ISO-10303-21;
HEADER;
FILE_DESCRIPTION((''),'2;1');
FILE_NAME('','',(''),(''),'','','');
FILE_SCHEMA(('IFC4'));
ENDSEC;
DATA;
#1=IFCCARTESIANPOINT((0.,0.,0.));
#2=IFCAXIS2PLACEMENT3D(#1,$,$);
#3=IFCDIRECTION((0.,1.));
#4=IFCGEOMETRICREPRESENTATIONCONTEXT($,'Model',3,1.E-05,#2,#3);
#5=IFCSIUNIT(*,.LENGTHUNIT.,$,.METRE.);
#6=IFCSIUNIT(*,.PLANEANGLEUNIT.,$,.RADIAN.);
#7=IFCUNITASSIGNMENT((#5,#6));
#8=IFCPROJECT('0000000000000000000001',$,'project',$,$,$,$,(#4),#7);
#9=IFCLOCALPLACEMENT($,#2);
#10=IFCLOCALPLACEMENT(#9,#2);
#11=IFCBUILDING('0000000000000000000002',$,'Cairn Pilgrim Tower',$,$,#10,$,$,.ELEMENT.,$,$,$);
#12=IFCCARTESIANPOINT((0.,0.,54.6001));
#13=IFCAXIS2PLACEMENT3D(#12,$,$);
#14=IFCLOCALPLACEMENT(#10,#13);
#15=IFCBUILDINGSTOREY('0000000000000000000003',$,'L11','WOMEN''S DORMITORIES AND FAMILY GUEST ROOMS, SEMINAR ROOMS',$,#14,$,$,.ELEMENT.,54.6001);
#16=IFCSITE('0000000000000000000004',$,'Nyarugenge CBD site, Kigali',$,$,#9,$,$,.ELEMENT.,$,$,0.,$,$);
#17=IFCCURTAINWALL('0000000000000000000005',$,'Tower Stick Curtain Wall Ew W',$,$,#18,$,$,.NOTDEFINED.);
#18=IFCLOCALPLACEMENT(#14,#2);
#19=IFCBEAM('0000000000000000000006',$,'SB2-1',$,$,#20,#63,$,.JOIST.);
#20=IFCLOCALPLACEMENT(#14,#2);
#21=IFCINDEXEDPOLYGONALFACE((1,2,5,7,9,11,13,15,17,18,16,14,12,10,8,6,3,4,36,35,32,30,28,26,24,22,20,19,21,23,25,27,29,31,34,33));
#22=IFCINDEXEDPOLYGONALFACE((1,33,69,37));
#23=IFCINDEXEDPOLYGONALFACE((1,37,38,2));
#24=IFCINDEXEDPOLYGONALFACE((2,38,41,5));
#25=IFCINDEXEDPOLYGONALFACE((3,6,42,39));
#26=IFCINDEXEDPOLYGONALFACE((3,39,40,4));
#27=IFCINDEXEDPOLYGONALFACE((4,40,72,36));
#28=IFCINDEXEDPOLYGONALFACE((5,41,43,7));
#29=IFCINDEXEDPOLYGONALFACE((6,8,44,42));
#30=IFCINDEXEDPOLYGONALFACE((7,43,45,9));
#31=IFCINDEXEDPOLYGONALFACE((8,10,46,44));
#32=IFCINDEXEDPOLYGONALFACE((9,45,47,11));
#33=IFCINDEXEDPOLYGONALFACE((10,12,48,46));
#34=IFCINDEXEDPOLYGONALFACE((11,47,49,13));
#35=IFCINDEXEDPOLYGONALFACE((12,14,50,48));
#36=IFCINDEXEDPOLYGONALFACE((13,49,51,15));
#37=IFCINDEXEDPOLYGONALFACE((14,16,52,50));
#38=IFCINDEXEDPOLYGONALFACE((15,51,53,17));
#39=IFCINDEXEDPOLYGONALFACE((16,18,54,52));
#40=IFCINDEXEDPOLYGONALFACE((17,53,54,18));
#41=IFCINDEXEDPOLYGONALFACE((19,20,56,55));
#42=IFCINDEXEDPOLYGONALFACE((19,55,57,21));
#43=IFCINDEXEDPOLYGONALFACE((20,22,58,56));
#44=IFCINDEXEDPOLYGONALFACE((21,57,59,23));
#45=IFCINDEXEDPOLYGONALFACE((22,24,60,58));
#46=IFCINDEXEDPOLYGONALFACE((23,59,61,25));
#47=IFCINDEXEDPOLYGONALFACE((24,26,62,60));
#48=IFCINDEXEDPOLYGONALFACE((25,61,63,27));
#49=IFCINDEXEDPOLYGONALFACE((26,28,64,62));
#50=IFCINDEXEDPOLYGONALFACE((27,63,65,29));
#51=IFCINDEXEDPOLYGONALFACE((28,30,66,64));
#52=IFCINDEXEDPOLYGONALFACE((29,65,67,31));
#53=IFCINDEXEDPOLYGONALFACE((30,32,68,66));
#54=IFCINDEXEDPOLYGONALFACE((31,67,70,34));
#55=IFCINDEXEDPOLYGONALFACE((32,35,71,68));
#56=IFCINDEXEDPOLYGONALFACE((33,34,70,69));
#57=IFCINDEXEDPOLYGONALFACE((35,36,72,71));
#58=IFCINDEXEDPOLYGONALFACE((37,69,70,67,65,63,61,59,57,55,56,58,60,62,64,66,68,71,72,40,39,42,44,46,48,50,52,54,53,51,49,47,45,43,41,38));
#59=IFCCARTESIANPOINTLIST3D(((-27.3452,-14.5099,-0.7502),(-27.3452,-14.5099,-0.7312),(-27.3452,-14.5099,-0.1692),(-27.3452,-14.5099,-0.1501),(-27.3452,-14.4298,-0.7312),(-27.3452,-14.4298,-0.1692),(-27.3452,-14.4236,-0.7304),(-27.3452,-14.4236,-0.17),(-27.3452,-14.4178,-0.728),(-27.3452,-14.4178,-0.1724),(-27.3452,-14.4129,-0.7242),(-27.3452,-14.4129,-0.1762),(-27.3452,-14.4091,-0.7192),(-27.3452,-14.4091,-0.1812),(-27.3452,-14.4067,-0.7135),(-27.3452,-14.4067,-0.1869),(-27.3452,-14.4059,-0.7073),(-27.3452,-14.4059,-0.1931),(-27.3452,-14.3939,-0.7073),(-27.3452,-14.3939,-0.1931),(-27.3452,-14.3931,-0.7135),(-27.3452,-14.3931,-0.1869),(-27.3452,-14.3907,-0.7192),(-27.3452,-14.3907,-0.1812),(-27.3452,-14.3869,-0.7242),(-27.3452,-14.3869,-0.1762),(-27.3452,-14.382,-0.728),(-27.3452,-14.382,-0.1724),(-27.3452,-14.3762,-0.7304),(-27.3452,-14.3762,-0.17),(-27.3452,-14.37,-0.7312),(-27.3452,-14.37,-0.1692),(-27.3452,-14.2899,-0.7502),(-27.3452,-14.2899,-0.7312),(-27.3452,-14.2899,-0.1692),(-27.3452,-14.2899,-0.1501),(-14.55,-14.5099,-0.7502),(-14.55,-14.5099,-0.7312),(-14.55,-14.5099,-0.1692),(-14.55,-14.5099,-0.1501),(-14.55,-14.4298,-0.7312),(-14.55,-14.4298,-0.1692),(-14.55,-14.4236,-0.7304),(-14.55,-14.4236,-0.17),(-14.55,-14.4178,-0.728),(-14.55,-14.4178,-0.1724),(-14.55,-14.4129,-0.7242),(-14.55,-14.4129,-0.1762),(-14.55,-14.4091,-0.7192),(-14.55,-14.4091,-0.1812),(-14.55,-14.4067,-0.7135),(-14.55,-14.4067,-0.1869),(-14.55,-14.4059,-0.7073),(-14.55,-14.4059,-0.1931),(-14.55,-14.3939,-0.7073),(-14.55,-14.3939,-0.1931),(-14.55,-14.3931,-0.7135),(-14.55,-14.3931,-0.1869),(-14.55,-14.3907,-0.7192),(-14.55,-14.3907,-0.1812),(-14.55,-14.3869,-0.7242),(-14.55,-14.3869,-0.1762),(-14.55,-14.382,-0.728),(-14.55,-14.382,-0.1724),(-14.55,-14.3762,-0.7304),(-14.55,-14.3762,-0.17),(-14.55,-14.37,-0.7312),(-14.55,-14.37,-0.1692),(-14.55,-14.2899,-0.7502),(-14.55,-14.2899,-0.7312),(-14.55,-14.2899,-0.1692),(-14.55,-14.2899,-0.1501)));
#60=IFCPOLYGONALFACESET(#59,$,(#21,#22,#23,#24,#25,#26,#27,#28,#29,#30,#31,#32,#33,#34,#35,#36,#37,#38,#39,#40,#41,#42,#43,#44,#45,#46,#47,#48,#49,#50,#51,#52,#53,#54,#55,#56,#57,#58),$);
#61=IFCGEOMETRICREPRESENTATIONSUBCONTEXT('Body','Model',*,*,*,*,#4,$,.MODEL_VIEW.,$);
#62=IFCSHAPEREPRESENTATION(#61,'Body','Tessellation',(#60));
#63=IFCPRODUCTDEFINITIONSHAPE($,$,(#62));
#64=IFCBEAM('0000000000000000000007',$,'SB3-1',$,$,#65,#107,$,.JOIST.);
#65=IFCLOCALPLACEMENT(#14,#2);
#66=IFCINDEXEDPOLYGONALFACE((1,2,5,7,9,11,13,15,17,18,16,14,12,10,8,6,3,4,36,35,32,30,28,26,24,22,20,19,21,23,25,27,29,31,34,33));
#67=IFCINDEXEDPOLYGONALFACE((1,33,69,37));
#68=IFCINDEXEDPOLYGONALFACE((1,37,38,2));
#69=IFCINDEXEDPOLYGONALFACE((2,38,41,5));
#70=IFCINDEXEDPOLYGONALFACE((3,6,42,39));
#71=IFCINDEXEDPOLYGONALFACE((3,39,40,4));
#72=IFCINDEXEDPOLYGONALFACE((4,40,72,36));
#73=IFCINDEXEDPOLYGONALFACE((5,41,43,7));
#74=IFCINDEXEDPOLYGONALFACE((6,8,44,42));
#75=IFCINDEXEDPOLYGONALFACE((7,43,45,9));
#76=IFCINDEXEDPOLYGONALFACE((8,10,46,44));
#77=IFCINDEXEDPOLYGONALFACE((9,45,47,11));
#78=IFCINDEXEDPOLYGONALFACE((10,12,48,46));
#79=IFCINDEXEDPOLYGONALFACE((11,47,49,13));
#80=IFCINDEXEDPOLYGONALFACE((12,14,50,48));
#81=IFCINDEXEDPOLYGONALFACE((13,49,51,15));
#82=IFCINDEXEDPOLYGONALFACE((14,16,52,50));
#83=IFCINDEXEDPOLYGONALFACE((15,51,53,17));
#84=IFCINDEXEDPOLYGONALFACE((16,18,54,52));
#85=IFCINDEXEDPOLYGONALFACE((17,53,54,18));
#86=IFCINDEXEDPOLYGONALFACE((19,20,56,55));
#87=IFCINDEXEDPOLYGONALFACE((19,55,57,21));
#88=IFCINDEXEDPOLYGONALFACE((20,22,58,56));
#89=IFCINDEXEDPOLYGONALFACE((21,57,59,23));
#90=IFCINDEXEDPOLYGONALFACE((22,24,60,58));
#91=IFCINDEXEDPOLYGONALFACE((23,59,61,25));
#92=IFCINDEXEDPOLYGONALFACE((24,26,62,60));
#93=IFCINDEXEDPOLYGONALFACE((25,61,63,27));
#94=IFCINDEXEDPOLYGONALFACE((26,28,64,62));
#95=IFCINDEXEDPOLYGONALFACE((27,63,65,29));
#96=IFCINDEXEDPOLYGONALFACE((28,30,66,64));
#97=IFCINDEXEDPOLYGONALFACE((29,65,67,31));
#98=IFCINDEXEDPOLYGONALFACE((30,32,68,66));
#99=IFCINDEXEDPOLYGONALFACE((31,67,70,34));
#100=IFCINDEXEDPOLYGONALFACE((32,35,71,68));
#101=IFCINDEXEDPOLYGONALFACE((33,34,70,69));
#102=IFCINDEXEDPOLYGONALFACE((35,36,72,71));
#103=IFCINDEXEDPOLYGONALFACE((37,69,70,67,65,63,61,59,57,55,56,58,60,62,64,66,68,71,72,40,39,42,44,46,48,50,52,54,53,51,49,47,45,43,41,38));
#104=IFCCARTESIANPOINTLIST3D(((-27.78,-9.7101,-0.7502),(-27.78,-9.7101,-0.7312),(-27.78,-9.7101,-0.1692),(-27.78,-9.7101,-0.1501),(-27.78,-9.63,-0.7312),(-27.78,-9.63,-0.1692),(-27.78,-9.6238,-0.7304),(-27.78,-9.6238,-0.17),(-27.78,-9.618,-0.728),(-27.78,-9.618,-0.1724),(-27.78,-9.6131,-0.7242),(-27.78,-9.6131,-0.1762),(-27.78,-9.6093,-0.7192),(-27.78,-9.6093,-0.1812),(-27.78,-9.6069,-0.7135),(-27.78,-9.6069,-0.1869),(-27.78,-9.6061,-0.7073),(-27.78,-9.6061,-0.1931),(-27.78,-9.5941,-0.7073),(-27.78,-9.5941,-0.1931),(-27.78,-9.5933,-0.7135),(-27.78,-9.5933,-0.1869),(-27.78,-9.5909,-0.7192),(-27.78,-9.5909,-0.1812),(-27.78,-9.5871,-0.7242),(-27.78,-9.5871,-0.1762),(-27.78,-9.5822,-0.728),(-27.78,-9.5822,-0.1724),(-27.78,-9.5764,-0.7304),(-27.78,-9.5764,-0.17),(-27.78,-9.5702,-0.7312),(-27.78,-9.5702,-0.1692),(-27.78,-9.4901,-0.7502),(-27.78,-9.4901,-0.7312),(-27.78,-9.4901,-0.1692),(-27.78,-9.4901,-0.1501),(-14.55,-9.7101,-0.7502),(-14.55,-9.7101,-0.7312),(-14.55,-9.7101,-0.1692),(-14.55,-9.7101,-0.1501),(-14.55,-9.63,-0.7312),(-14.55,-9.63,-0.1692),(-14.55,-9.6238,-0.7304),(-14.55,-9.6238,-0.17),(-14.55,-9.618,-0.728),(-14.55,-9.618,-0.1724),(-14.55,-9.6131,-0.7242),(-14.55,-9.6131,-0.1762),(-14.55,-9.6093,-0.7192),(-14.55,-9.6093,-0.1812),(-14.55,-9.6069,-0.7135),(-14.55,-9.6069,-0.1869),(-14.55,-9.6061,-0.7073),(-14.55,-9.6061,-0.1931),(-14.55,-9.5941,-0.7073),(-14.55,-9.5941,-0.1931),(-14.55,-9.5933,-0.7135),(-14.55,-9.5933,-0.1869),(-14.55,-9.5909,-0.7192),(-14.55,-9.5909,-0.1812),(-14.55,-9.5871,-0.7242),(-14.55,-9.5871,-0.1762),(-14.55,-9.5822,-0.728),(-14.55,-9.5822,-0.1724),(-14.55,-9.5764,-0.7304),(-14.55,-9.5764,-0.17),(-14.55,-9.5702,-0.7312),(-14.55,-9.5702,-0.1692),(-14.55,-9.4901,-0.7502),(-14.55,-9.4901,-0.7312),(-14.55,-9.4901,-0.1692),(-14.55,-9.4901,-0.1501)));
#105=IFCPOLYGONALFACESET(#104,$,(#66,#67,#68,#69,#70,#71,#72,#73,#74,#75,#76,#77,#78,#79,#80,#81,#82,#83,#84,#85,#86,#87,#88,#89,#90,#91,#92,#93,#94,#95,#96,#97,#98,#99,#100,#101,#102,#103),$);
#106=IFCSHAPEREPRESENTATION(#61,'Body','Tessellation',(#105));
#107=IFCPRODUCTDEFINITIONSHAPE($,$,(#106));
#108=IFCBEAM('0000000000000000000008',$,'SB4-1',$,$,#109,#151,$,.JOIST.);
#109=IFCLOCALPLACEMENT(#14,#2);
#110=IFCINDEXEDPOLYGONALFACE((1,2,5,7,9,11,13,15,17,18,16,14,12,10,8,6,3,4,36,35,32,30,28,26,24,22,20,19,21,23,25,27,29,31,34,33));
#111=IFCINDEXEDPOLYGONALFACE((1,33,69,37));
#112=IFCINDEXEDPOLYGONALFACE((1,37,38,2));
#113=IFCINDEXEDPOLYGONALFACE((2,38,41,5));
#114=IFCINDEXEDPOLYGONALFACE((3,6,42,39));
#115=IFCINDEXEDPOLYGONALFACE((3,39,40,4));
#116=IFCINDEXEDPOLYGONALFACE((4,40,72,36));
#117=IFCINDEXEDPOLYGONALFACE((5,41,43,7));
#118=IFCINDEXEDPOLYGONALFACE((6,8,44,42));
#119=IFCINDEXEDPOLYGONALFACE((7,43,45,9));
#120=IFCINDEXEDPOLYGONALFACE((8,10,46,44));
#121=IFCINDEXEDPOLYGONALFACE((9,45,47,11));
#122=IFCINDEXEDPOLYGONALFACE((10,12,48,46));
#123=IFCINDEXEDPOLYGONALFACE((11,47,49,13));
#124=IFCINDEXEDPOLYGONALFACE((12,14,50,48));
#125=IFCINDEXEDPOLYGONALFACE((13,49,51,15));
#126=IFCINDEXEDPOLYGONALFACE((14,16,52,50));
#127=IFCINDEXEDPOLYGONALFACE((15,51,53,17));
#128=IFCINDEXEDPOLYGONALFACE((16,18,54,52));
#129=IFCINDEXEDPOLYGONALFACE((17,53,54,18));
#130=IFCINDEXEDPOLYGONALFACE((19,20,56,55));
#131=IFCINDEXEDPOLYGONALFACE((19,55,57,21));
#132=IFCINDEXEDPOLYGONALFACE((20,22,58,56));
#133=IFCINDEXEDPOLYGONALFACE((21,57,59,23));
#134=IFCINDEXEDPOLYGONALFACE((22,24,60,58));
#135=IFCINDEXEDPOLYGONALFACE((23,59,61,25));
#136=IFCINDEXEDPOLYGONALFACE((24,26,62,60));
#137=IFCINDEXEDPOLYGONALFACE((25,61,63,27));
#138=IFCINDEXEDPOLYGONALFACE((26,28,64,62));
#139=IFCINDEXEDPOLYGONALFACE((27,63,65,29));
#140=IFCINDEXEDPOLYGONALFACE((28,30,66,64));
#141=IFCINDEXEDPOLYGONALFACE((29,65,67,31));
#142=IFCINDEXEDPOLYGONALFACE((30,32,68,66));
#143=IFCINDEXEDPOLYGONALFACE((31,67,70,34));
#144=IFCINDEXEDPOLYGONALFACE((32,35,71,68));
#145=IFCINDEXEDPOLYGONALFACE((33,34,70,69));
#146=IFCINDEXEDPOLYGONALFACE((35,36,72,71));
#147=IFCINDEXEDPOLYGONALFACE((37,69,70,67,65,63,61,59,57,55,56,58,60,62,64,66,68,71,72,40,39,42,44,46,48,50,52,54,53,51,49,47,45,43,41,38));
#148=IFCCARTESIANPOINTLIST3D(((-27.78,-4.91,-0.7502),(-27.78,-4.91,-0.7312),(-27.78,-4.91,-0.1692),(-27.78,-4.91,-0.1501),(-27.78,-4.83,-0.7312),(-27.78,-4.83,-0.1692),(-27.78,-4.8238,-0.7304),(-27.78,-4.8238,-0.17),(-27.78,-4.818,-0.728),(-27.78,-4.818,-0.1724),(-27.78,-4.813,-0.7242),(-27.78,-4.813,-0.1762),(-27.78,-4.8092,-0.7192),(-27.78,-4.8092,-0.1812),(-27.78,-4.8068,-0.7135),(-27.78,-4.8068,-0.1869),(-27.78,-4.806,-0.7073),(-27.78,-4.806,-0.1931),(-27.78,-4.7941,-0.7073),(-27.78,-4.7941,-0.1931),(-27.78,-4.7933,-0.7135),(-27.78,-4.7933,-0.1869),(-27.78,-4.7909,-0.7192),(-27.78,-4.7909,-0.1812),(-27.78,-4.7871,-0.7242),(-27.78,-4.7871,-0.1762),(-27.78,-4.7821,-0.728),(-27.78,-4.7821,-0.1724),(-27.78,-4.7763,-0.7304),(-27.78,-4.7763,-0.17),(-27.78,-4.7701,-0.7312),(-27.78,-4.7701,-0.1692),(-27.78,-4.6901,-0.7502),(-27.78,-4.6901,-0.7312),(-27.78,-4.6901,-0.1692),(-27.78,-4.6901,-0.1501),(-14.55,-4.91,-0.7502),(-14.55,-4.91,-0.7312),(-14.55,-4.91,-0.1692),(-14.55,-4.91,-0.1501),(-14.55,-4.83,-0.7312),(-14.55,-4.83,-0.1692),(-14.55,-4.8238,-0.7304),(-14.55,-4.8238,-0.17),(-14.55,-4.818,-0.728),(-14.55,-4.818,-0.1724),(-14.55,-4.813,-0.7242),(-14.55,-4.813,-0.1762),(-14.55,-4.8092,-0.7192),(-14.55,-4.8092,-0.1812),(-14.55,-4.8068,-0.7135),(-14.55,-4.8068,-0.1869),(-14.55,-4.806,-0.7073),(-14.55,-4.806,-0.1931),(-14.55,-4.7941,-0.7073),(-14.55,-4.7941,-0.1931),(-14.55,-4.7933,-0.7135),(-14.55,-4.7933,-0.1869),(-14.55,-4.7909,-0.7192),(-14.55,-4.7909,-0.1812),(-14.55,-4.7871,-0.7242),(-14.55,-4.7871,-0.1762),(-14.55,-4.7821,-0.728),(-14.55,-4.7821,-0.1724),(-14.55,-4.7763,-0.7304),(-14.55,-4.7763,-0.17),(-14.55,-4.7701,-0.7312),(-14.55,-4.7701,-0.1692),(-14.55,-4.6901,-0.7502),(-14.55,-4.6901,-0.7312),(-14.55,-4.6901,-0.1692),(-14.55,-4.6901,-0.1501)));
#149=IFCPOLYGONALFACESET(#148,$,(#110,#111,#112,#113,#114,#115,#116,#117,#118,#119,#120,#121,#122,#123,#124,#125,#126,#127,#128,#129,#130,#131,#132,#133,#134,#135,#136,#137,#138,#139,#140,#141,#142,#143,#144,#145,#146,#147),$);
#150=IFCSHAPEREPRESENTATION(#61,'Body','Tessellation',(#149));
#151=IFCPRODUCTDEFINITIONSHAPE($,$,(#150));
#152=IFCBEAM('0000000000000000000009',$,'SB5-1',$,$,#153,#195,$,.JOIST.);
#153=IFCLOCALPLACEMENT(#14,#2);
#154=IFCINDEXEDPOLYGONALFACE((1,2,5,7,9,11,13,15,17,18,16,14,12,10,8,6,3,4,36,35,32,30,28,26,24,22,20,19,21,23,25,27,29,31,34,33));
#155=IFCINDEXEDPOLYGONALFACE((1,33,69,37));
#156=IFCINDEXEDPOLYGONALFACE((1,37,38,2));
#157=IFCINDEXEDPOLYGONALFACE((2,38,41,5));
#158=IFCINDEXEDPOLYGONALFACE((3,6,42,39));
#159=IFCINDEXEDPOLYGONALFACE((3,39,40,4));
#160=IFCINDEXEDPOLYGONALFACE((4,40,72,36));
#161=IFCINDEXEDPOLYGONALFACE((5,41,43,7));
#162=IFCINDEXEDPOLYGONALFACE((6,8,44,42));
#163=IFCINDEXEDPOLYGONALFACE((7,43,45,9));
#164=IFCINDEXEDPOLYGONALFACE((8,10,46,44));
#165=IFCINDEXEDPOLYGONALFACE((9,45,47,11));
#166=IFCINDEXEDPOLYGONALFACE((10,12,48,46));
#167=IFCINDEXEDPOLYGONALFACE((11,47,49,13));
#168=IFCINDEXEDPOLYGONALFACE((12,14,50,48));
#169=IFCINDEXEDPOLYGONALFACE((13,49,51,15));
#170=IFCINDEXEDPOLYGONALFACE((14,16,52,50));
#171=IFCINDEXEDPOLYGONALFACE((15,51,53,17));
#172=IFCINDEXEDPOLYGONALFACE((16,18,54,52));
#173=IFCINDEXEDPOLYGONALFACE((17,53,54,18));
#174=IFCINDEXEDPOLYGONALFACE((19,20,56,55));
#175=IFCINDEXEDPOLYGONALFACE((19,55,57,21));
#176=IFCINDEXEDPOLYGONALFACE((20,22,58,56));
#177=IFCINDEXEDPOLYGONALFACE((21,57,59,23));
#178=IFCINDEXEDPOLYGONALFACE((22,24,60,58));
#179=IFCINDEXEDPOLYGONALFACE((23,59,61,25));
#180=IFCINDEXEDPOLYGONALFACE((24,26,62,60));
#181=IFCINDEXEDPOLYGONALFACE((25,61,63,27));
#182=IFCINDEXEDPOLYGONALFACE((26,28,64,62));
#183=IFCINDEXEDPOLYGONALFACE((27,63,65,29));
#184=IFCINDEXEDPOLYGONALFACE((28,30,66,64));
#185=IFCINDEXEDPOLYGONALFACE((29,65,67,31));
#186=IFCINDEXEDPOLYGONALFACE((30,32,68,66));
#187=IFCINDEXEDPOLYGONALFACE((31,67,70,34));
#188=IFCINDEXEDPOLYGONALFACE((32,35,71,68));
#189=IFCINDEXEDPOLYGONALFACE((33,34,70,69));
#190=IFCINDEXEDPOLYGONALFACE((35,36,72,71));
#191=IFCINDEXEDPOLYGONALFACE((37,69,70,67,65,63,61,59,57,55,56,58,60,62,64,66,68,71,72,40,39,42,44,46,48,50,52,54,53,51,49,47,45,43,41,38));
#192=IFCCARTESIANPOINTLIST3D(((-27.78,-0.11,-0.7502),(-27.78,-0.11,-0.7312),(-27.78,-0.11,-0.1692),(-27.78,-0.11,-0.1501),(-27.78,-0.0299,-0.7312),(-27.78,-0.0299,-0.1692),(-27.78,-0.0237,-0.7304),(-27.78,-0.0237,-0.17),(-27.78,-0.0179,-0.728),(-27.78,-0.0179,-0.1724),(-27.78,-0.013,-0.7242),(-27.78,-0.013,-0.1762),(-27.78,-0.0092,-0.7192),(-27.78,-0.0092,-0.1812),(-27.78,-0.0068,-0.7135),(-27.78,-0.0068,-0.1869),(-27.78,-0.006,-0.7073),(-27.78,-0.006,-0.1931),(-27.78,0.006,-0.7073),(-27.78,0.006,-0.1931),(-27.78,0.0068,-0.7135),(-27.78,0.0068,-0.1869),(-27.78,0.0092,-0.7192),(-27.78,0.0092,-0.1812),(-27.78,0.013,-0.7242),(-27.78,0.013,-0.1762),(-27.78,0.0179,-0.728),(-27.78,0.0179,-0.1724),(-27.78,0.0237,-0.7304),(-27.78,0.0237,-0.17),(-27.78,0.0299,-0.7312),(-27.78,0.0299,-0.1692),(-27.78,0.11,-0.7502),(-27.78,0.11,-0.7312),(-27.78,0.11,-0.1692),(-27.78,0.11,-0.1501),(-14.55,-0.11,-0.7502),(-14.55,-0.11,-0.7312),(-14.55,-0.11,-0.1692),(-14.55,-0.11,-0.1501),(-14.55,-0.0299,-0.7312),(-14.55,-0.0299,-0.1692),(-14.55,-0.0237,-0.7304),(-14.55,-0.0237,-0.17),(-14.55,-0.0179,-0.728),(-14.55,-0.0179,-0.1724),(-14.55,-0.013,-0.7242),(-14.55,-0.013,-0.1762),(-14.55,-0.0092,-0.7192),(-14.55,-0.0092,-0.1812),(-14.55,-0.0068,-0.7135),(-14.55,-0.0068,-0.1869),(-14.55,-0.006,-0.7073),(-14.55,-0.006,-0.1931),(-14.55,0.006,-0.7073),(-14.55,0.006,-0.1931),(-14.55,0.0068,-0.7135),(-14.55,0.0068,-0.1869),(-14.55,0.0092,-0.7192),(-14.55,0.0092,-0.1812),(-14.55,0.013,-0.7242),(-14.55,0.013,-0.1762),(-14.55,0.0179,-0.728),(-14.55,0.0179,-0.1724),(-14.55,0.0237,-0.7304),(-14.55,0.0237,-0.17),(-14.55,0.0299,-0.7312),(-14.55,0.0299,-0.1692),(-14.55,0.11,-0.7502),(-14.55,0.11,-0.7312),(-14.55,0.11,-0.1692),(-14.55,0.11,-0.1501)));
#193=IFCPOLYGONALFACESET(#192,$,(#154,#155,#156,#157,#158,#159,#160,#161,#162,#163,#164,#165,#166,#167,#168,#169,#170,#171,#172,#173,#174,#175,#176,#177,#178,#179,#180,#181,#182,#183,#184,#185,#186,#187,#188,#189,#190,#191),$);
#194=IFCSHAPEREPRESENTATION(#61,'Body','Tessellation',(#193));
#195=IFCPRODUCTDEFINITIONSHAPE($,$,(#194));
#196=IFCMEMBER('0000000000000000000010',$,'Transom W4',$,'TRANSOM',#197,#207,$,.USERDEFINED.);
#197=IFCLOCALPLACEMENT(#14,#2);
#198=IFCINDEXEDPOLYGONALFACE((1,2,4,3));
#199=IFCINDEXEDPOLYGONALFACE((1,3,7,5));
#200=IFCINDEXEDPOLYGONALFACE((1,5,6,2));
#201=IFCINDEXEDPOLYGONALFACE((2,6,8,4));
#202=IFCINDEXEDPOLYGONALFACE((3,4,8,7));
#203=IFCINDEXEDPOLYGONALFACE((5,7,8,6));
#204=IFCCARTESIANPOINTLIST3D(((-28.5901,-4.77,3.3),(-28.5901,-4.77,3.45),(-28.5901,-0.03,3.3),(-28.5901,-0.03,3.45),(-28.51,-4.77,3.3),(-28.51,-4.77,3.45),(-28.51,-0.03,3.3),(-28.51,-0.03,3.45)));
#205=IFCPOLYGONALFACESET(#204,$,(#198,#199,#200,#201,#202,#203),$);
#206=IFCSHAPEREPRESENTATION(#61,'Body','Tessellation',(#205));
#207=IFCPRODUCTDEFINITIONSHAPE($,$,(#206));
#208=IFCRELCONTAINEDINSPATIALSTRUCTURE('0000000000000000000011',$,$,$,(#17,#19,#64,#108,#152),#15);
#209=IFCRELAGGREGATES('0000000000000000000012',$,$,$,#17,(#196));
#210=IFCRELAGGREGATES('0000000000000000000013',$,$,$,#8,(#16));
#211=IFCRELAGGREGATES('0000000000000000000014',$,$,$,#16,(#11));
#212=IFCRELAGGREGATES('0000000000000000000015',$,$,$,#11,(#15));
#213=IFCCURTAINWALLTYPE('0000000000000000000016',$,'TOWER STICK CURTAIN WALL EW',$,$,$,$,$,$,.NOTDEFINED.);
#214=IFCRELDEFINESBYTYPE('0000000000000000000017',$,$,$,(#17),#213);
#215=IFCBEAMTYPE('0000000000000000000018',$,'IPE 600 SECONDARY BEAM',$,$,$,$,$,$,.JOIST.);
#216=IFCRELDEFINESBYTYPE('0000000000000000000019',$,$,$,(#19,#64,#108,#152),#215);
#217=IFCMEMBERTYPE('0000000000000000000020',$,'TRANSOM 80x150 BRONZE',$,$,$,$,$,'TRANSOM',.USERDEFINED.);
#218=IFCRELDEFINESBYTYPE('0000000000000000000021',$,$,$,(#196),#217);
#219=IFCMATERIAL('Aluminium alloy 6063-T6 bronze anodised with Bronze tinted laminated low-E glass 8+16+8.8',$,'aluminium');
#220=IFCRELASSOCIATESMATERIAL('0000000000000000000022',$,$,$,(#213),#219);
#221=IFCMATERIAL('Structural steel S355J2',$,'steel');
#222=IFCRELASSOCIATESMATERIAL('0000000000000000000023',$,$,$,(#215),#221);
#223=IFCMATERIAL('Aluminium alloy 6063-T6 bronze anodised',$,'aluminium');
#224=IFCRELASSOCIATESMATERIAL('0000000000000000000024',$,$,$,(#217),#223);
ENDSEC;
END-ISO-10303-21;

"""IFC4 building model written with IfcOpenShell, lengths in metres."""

from ifc_helpers import new_model, si_unit, direction, frame, origin, origin_2d, place, context, subcontext, project, spatial, rectangle, i_section, extrude, material, material_profile, profile_set, type_object, element, aggregate, save


model = new_model("IFC4")

# Units and contexts
model_context = context("Model", 3, precision=1e-05, world=origin(), true_north=direction((0.0, 1.0)))
body_context = subcontext(model_context, "Body", "Model", "MODEL_VIEW")
ifc_project = project(units=[si_unit("LENGTHUNIT", "METRE"), si_unit("PLANEANGLEUNIT", "RADIAN")], contexts=[model_context])

# Site, building, storey
site_placement = place(None, origin())
site = spatial("IfcSite", under=ifc_project, at=site_placement, Name="Nyarugenge CBD site, Kigali", CompositionType="ELEMENT", RefElevation=0.0)
building_placement = place(site_placement, origin())
building = spatial("IfcBuilding", under=site, at=building_placement, Name="Cairn Pilgrim Tower", CompositionType="ELEMENT")
storey_placement = place(building_placement, frame((0.0, 0.0, 54.6001)))
storey = spatial("IfcBuildingStorey", under=building, at=storey_placement, Name="L11", Description="WOMEN'S DORMITORIES AND FAMILY GUEST ROOMS, SEMINAR ROOMS", CompositionType="ELEMENT", Elevation=54.6001)

# Curtain wall
ifc_material_1 = material(Name="Aluminium alloy 6063-T6 bronze anodised with Bronze tinted laminated low-E glass 8+16+8.8", Category="aluminium")
curtain_wall_type_1 = type_object("IfcCurtainWallType", Name="TOWER STICK CURTAIN WALL EW", PredefinedType="NOTDEFINED", material=ifc_material_1)
curtain_wall_1_placement = place(storey_placement, origin())
curtain_wall_1 = element("IfcCurtainWall", 1, at=curtain_wall_1_placement, inside=storey, type_object=curtain_wall_type_1, Name="Tower Stick Curtain Wall Ew W", PredefinedType="NOTDEFINED")
ifc_material_2 = material(Name="Aluminium alloy 6063-T6 bronze anodised", Category="aluminium")

# Beams
ifc_material_3 = material(Name="Structural steel S355J2", Category="steel")
ifc_material_profile_1 = material_profile(ifc_material_3, i_section(OverallWidth=0.22, OverallDepth=0.6001, WebThickness=0.012, FlangeThickness=0.019, FilletRadius=0.0239, at=origin_2d()), Name="IPE 600")
ifc_profile_set_1 = profile_set([ifc_material_profile_1], Name="Structural steel S355J2")
beam_type_1 = type_object("IfcBeamType", Name="IPE 600 SECONDARY BEAM", PredefinedType="JOIST", material=ifc_profile_set_1)
beam_1_placement = place(storey_placement, frame((-27.3452, -14.3999, -0.4502), z_axis=(1.0, 0.0, 0.0), x_axis=(0.0, 1.0, 0.0)))
element("IfcBeam", 2, at=beam_1_placement, inside=storey, type_object=beam_type_1, Name="SB2-1", PredefinedType="JOIST", context=body_context, shape_type="SweptSolid", body=[
    extrude(i_section(OverallWidth=0.22, OverallDepth=0.6001, WebThickness=0.012, FlangeThickness=0.019, FilletRadius=0.0239, at=origin_2d()), origin(), (0.0, 0.0, 1.0), 12.7952),
])
for number, where, z_axis, x_axis, name in (
    (3, (-27.78, -9.6001, -0.4502), (1.0, 0.0, 0.0), (0.0, 1.0, 0.0), "SB3-1"),
    (4, (-27.78, -4.8, -0.4502), (1.0, 0.0, 0.0), (0.0, 1.0, 0.0), "SB4-1"),
    (5, (-27.78, 0.0, -0.4502), (1.0, 0.0, 0.0), (0.0, 1.0, 0.0), "SB5-1"),
):
    element("IfcBeam", number, at=place(storey_placement, frame(where, z_axis=z_axis, x_axis=x_axis)), inside=storey, type_object=beam_type_1, Name=name, PredefinedType="JOIST", context=body_context, shape_type="SweptSolid", body=[
        extrude(i_section(OverallWidth=0.22, OverallDepth=0.6001, WebThickness=0.012, FlangeThickness=0.019, FilletRadius=0.0239, at=origin_2d()), origin(), (0.0, 0.0, 1.0), 13.23),
    ])

# Member
ifc_material_profile_2 = material_profile(ifc_material_2, rectangle(XDim=0.0801, YDim=0.1499, at=origin_2d()), Name="TRANSOM 80x150 BRONZE")
ifc_profile_set_2 = profile_set([ifc_material_profile_2], Name="Aluminium alloy 6063-T6 bronze anodised")
member_type_1 = type_object("IfcMemberType", Name="TRANSOM 80x150 BRONZE", ElementType="TRANSOM", PredefinedType="USERDEFINED", material=ifc_profile_set_2)
member_1_placement = place(storey_placement, frame((-28.55, -0.03, 3.375), z_axis=(0.0, -1.0, 0.0), x_axis=(1.0, 0.0, 0.0)))
member_1 = element("IfcMember", 6, at=member_1_placement, type_object=member_type_1, Name="Transom W4", ObjectType="TRANSOM", PredefinedType="USERDEFINED", context=body_context, shape_type="SweptSolid", body=[
    extrude(rectangle(XDim=0.0801, YDim=0.1499, at=origin_2d()), origin(), (0.0, 0.0, 1.0), 4.74),
])

aggregate(curtain_wall_1, [member_1])

save(model, "model.ifc")
